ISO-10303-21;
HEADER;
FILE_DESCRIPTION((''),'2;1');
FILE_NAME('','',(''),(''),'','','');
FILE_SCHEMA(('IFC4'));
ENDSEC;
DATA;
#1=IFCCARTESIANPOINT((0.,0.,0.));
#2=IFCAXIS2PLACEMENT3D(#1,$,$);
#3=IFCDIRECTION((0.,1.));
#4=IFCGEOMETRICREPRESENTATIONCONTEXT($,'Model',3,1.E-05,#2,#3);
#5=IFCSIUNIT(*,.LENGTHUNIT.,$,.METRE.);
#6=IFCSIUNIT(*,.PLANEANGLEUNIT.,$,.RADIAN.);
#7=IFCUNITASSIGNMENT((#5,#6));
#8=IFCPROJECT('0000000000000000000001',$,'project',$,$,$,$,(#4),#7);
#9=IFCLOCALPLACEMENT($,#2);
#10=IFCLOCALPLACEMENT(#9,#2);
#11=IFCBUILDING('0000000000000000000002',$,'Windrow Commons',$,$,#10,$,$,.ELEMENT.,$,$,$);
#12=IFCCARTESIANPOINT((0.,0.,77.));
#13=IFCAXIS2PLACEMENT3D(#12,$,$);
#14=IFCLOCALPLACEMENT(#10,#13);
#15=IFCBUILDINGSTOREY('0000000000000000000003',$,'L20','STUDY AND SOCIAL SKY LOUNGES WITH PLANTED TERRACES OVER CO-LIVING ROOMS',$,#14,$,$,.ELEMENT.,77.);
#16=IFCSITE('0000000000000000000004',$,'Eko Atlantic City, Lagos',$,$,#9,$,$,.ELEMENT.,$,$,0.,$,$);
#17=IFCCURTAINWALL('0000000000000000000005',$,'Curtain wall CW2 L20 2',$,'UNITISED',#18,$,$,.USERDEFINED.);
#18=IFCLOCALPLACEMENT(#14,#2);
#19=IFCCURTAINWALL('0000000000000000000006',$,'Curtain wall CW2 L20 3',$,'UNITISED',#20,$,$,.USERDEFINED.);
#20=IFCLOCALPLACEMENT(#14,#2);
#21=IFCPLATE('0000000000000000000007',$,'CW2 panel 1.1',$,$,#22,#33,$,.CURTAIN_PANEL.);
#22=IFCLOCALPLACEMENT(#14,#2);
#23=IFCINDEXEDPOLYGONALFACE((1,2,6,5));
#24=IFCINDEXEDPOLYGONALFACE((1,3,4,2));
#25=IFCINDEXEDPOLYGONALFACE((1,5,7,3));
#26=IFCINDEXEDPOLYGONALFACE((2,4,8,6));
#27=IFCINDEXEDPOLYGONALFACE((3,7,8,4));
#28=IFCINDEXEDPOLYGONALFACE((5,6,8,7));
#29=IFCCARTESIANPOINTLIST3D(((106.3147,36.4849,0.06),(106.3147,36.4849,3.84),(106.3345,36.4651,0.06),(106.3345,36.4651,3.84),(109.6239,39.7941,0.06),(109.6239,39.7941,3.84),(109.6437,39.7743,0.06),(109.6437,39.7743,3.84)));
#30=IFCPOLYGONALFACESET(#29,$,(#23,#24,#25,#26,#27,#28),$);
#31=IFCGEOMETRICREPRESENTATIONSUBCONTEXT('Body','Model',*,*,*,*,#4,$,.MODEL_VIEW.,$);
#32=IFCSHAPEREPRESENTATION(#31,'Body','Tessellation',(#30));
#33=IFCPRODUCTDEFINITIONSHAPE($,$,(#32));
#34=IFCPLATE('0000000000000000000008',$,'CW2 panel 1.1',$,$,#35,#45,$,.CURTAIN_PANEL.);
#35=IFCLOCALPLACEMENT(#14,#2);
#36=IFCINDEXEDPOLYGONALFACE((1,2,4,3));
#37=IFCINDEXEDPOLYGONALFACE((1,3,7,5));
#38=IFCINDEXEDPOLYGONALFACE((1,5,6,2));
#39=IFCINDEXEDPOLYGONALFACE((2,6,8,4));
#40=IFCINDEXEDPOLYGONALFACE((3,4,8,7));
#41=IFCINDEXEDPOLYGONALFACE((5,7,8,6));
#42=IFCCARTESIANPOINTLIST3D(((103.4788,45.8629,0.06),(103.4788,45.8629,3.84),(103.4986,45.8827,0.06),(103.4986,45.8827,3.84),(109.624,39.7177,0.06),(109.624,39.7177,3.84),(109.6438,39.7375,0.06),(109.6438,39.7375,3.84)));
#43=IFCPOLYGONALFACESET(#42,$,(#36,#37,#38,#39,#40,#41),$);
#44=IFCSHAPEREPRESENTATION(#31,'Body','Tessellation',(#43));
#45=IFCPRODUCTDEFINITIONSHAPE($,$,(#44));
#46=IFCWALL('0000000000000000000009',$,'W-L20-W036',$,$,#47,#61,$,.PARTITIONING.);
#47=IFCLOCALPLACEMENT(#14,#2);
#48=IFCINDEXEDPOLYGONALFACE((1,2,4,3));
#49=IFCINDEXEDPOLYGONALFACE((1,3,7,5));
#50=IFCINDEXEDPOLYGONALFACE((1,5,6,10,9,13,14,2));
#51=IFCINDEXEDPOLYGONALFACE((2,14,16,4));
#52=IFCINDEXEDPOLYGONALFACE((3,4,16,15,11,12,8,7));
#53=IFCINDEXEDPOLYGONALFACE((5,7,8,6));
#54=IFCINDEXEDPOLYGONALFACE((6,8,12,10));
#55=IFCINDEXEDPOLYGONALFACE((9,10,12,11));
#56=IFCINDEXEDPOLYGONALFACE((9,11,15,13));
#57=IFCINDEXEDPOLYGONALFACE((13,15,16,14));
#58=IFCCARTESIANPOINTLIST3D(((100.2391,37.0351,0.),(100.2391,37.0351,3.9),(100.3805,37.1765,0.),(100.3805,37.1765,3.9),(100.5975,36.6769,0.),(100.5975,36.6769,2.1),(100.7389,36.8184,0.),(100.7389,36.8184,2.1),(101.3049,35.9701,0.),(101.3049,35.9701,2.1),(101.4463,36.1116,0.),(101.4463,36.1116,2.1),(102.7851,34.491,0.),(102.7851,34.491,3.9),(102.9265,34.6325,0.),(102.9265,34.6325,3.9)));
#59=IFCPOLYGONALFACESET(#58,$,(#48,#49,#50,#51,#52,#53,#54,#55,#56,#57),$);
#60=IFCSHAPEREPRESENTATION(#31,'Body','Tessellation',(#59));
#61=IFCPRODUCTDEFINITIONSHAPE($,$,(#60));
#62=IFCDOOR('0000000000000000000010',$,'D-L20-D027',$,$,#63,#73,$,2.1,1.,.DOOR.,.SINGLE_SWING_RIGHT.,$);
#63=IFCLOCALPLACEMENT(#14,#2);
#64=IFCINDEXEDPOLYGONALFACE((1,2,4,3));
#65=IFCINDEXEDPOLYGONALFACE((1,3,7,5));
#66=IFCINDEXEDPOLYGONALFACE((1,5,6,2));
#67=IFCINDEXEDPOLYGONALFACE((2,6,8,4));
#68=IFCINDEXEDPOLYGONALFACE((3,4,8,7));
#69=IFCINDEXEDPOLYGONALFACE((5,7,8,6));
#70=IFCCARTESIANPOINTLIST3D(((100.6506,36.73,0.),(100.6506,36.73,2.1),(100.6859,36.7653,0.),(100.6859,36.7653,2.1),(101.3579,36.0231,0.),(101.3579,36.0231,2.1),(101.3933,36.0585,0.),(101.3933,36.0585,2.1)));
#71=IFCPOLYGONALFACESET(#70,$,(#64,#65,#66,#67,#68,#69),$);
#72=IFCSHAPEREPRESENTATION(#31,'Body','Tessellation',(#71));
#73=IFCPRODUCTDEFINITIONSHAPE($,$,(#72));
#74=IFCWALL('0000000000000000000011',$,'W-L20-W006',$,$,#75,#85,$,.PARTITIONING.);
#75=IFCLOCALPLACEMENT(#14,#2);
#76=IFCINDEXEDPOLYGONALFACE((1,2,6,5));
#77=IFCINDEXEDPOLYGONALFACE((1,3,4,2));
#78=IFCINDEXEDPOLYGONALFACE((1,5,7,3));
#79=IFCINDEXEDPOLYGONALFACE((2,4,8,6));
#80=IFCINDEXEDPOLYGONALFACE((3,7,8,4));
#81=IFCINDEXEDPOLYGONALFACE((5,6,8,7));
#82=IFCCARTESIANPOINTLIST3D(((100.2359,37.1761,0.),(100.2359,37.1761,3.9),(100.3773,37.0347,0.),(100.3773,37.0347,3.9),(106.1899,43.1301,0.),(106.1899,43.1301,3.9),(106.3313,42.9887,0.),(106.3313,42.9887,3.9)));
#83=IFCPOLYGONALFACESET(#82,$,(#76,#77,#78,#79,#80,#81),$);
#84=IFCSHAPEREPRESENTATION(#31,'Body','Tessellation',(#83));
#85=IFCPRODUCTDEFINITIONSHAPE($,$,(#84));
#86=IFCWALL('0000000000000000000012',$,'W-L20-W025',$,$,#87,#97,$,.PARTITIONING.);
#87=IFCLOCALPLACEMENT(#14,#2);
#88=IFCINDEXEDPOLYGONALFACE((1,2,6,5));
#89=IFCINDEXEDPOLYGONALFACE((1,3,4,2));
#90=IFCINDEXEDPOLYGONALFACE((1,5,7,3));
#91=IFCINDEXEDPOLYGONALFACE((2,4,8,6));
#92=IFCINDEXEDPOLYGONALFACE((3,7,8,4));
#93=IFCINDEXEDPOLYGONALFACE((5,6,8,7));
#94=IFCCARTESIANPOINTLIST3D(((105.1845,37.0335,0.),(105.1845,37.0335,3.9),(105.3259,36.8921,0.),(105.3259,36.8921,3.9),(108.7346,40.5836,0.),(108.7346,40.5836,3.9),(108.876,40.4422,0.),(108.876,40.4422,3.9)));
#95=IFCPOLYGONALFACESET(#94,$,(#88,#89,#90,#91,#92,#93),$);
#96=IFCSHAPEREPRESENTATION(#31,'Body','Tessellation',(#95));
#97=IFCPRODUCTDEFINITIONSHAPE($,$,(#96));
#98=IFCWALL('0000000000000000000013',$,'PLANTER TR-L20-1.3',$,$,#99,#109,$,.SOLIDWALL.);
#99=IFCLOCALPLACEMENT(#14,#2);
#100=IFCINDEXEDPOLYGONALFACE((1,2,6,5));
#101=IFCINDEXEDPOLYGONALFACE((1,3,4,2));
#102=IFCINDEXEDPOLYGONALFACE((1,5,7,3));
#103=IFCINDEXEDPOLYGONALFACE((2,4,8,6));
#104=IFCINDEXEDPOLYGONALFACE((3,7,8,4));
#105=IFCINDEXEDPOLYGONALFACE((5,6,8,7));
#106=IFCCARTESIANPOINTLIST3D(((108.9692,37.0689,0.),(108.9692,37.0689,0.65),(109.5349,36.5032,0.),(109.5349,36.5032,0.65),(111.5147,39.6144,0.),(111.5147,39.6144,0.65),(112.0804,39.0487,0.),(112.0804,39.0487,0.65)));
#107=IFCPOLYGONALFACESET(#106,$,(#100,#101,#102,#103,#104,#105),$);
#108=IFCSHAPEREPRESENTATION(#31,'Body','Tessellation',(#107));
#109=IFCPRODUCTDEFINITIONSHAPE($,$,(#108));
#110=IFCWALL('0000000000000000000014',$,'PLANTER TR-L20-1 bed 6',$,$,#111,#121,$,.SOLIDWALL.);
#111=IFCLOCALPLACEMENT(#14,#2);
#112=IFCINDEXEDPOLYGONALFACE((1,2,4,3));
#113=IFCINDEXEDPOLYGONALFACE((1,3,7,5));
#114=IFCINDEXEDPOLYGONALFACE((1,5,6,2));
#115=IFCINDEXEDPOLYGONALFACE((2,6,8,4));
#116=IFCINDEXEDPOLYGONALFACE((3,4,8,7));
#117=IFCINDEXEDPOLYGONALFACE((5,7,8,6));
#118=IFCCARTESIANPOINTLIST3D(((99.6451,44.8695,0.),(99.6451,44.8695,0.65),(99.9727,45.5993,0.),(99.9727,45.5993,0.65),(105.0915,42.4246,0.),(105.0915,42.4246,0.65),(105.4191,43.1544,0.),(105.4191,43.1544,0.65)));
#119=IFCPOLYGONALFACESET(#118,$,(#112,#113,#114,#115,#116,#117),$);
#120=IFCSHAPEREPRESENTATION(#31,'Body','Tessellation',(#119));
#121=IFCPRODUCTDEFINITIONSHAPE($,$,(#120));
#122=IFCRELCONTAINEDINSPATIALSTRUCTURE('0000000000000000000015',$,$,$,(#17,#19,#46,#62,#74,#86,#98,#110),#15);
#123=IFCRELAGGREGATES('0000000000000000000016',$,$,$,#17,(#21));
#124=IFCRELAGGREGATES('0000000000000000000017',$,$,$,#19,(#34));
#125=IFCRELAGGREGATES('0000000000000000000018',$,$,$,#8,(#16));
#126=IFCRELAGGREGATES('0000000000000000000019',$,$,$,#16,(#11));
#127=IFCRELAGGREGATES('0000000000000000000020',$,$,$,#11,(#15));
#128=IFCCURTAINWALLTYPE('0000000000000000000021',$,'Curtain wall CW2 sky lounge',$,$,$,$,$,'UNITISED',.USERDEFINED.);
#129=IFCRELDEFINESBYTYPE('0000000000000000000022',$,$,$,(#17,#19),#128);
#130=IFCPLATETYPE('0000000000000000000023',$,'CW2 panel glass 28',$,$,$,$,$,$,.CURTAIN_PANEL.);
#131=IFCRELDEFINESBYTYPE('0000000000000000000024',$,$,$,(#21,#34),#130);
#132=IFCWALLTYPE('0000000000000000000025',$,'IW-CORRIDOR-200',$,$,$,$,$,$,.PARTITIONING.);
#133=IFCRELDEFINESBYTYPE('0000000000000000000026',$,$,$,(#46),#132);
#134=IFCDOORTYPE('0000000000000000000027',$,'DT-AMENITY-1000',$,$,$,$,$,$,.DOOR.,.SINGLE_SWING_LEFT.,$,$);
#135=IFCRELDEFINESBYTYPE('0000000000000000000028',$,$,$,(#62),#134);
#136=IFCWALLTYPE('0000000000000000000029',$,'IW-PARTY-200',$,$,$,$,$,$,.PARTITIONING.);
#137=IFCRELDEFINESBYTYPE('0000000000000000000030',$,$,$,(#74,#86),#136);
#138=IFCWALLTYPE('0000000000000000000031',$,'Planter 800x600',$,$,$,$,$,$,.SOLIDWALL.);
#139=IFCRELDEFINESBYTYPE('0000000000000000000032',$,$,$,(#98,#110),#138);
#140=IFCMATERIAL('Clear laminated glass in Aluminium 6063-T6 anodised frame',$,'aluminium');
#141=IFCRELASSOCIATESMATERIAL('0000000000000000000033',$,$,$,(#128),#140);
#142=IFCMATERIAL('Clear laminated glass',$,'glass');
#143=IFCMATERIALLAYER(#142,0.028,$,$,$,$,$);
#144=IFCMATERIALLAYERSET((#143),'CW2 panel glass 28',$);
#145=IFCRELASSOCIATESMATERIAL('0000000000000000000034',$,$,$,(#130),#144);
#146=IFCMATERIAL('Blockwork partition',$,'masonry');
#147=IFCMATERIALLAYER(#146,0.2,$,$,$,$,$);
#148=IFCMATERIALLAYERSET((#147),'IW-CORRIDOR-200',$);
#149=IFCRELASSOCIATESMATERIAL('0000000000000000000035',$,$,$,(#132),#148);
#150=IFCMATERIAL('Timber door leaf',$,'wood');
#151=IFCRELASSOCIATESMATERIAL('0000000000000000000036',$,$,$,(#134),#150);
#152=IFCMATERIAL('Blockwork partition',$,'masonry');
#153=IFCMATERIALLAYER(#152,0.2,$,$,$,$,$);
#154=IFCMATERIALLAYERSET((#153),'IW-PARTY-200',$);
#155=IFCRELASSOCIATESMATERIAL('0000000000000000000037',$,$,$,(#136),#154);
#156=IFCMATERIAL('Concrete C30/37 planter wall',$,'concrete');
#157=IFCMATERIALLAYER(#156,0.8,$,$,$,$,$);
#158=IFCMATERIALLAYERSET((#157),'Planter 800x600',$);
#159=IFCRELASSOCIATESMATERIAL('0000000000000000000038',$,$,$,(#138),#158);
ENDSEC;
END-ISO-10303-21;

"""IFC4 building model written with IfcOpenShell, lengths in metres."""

from ifc_helpers import new_model, si_unit, direction, frame, frame_2d, origin, origin_2d, place, context, subcontext, project, spatial, rectangle, extrude, material, layer, layer_set, type_object, element, fill, aggregate, save


model = new_model("IFC4")

# Units and contexts
model_context = context("Model", 3, precision=1e-05, world=origin(), true_north=direction((0.0, 1.0)))
body_context = subcontext(model_context, "Body", "Model", "MODEL_VIEW")
ifc_project = project(units=[si_unit("LENGTHUNIT", "METRE"), si_unit("PLANEANGLEUNIT", "RADIAN")], contexts=[model_context])

# Site, building, storey
site_placement = place(None, origin())
site = spatial("IfcSite", under=ifc_project, at=site_placement, Name="Eko Atlantic City, Lagos", CompositionType="ELEMENT", RefElevation=0.0)
building_placement = place(site_placement, origin())
building = spatial("IfcBuilding", under=site, at=building_placement, Name="Windrow Commons", CompositionType="ELEMENT")
storey_placement = place(building_placement, frame((0.0, 0.0, 77.0)))
storey = spatial("IfcBuildingStorey", under=building, at=storey_placement, Name="L20", Description="STUDY AND SOCIAL SKY LOUNGES WITH PLANTED TERRACES OVER CO-LIVING ROOMS", CompositionType="ELEMENT", Elevation=77.0)

# Shared definitions
ifc_material_1 = material(Name="Clear laminated glass in Aluminium 6063-T6 anodised frame", Category="aluminium")
curtain_wall_type = type_object("IfcCurtainWallType", Name="Curtain wall CW2 sky lounge", ElementType="UNITISED", PredefinedType="USERDEFINED", material=ifc_material_1)
placement = place(storey_placement, origin())

# Curtain walls
curtain_wall_1 = element("IfcCurtainWall", 1, at=placement, inside=storey, type_object=curtain_wall_type, Name="Curtain wall CW2 L20 2", ObjectType="UNITISED", PredefinedType="USERDEFINED")
curtain_wall_2 = element("IfcCurtainWall", 2, at=placement, inside=storey, type_object=curtain_wall_type, Name="Curtain wall CW2 L20 3", ObjectType="UNITISED", PredefinedType="USERDEFINED")

# Plates
ifc_material_2 = material(Name="Clear laminated glass", Category="glass")
ifc_layer_1 = layer(ifc_material_2, 0.028)
ifc_layer_set_1 = layer_set([ifc_layer_1], Name="CW2 panel glass 28")
plate_type = type_object("IfcPlateType", Name="CW2 panel glass 28", PredefinedType="CURTAIN_PANEL", material=ifc_layer_set_1)
plate_1_placement = place(storey_placement, frame((107.9792, 38.1296, 0.06), z_axis=(0.0, 0.0, 1.0), x_axis=(0.707107, 0.707107, 0.0)))
plate_1 = element("IfcPlate", 3, at=plate_1_placement, type_object=plate_type, Name="CW2 panel 1.1", PredefinedType="CURTAIN_PANEL", context=body_context, shape_type="SweptSolid", body=[
    extrude(rectangle(XDim=4.68, YDim=0.028, at=origin_2d()), origin(), (0.0, 0.0, 1.0), 3.78),
])
aggregate(curtain_wall_1, [plate_1])
plate_2_placement = place(storey_placement, frame((106.5613, 42.8002, 0.06), z_axis=(0.0, 0.0, 1.0), x_axis=(-0.707107, 0.707107, 0.0)))
plate_2 = element("IfcPlate", 4, at=plate_2_placement, type_object=plate_type, Name="CW2 panel 1.1", PredefinedType="CURTAIN_PANEL", context=body_context, shape_type="SweptSolid", body=[
    extrude(rectangle(XDim=8.6906, YDim=0.028, at=origin_2d()), origin(), (0.0, 0.0, 1.0), 3.78),
])
aggregate(curtain_wall_2, [plate_2])

# Wall, opening, door
ifc_material_3 = material(Name="Blockwork partition", Category="masonry")
ifc_layer_2 = layer(ifc_material_3, 0.2)
ifc_layer_set_2 = layer_set([ifc_layer_2], Name="IW-CORRIDOR-200")
wall_type_1 = type_object("IfcWallType", Name="IW-CORRIDOR-200", PredefinedType="PARTITIONING", material=ifc_layer_set_2)
wall_1_placement = place(storey_placement, frame((100.3098, 37.1058, 0.0), z_axis=(0.0, 0.0, 1.0), x_axis=(0.707385, -0.706829, 0.0)))
wall_1 = element("IfcWall", 5, at=wall_1_placement, inside=storey, type_object=wall_type_1, Name="W-L20-W036", PredefinedType="PARTITIONING", context=body_context, shape_type="SweptSolid", body=[
    extrude(rectangle(XDim=3.5992, YDim=0.2, at=frame_2d((1.7996, 0.0))), origin(), (0.0, 0.0, 1.0), 3.9),
])
opening_placement = place(wall_1_placement, frame((0.5067, 0.0, 0.0)))
opening = element("IfcOpeningElement", 6, at=opening_placement, cuts=wall_1, PredefinedType="OPENING", context=body_context, shape_type="SweptSolid", body=[
    extrude(rectangle(XDim=1.0, YDim=2.1, at=frame_2d((0.5, 1.05))), frame((0.0, 0.11, 0.0), z_axis=(0.0, -1.0, 0.0), x_axis=(1.0, 0.0, 0.0)), (0.0, 0.0, 1.0), 0.22),
])
ifc_material_4 = material(Name="Timber door leaf", Category="wood")
door_type = type_object("IfcDoorType", Name="DT-AMENITY-1000", OperationType="SINGLE_SWING_LEFT", PredefinedType="DOOR", material=ifc_material_4)
door_placement = place(opening_placement, origin())
door = element("IfcDoor", 7, at=door_placement, inside=storey, type_object=door_type, Name="D-L20-D027", OperationType="SINGLE_SWING_RIGHT", OverallHeight=2.1, OverallWidth=1.0, PredefinedType="DOOR", context=body_context, shape_type="SweptSolid", body=[
    extrude(rectangle(XDim=1.0, YDim=2.1, at=frame_2d((0.5, 1.05))), frame((0.0, 0.025, 0.0), z_axis=(0.0, -1.0, 0.0), x_axis=(1.0, 0.0, 0.0)), (0.0, 0.0, 1.0), 0.05),
])
fill(opening, door)

# Walls
ifc_material_5 = material(Name="Blockwork partition", Category="masonry")
ifc_layer_3 = layer(ifc_material_5, 0.2)
ifc_layer_set_3 = layer_set([ifc_layer_3], Name="IW-PARTY-200")
wall_type_2 = type_object("IfcWallType", Name="IW-PARTY-200", PredefinedType="PARTITIONING", material=ifc_layer_set_3)
wall_2_placement = place(storey_placement, frame((100.3066, 37.1054, 0.0), z_axis=(0.0, 0.0, 1.0), x_axis=(0.707107, 0.707107, 0.0)))
element("IfcWall", 8, at=wall_2_placement, inside=storey, type_object=wall_type_2, Name="W-L20-W006", PredefinedType="PARTITIONING", context=body_context, shape_type="SweptSolid", body=[
    extrude(rectangle(XDim=8.4202, YDim=0.2, at=frame_2d((4.2101, 0.0))), origin(), (0.0, 0.0, 1.0), 3.9),
])
wall_3_placement = place(storey_placement, frame((105.2552, 36.9628, 0.0), z_axis=(0.0, 0.0, 1.0), x_axis=(0.707107, 0.707107, 0.0)))
element("IfcWall", 9, at=wall_3_placement, inside=storey, type_object=wall_type_2, Name="W-L20-W025", PredefinedType="PARTITIONING", context=body_context, shape_type="SweptSolid", body=[
    extrude(rectangle(XDim=5.0205, YDim=0.2, at=frame_2d((2.5103, 0.0))), origin(), (0.0, 0.0, 1.0), 3.9),
])
ifc_material_6 = material(Name="Concrete C30/37 planter wall", Category="concrete")
ifc_layer_4 = layer(ifc_material_6, 0.8)
ifc_layer_set_4 = layer_set([ifc_layer_4], Name="Planter 800x600")
wall_type_3 = type_object("IfcWallType", Name="Planter 800x600", PredefinedType="SOLIDWALL", material=ifc_layer_set_4)
wall_4_placement = place(storey_placement, frame((109.2521, 36.7861, 0.0), z_axis=(0.0, 0.0, 1.0), x_axis=(0.707107, 0.707107, 0.0)))
element("IfcWall", 10, at=wall_4_placement, inside=storey, type_object=wall_type_3, Name="PLANTER TR-L20-1.3", PredefinedType="SOLIDWALL", context=body_context, shape_type="SweptSolid", body=[
    extrude(rectangle(XDim=3.5999, YDim=0.8, at=frame_2d((1.7999, 0.0))), origin(), (0.0, 0.0, 1.0), 0.65),
])
wall_5_placement = place(storey_placement, frame((105.2553, 42.7895, 0.0), z_axis=(0.0, 0.0, 1.0), x_axis=(-0.912296, 0.409532, 0.0)))
element("IfcWall", 11, at=wall_5_placement, inside=storey, type_object=wall_type_3, Name="PLANTER TR-L20-1 bed 6", PredefinedType="SOLIDWALL", context=body_context, shape_type="SweptSolid", body=[
    extrude(rectangle(XDim=5.97, YDim=0.8, at=frame_2d((2.985, 0.0))), origin(), (0.0, 0.0, 1.0), 0.65),
])

save(model, "model.ifc")
